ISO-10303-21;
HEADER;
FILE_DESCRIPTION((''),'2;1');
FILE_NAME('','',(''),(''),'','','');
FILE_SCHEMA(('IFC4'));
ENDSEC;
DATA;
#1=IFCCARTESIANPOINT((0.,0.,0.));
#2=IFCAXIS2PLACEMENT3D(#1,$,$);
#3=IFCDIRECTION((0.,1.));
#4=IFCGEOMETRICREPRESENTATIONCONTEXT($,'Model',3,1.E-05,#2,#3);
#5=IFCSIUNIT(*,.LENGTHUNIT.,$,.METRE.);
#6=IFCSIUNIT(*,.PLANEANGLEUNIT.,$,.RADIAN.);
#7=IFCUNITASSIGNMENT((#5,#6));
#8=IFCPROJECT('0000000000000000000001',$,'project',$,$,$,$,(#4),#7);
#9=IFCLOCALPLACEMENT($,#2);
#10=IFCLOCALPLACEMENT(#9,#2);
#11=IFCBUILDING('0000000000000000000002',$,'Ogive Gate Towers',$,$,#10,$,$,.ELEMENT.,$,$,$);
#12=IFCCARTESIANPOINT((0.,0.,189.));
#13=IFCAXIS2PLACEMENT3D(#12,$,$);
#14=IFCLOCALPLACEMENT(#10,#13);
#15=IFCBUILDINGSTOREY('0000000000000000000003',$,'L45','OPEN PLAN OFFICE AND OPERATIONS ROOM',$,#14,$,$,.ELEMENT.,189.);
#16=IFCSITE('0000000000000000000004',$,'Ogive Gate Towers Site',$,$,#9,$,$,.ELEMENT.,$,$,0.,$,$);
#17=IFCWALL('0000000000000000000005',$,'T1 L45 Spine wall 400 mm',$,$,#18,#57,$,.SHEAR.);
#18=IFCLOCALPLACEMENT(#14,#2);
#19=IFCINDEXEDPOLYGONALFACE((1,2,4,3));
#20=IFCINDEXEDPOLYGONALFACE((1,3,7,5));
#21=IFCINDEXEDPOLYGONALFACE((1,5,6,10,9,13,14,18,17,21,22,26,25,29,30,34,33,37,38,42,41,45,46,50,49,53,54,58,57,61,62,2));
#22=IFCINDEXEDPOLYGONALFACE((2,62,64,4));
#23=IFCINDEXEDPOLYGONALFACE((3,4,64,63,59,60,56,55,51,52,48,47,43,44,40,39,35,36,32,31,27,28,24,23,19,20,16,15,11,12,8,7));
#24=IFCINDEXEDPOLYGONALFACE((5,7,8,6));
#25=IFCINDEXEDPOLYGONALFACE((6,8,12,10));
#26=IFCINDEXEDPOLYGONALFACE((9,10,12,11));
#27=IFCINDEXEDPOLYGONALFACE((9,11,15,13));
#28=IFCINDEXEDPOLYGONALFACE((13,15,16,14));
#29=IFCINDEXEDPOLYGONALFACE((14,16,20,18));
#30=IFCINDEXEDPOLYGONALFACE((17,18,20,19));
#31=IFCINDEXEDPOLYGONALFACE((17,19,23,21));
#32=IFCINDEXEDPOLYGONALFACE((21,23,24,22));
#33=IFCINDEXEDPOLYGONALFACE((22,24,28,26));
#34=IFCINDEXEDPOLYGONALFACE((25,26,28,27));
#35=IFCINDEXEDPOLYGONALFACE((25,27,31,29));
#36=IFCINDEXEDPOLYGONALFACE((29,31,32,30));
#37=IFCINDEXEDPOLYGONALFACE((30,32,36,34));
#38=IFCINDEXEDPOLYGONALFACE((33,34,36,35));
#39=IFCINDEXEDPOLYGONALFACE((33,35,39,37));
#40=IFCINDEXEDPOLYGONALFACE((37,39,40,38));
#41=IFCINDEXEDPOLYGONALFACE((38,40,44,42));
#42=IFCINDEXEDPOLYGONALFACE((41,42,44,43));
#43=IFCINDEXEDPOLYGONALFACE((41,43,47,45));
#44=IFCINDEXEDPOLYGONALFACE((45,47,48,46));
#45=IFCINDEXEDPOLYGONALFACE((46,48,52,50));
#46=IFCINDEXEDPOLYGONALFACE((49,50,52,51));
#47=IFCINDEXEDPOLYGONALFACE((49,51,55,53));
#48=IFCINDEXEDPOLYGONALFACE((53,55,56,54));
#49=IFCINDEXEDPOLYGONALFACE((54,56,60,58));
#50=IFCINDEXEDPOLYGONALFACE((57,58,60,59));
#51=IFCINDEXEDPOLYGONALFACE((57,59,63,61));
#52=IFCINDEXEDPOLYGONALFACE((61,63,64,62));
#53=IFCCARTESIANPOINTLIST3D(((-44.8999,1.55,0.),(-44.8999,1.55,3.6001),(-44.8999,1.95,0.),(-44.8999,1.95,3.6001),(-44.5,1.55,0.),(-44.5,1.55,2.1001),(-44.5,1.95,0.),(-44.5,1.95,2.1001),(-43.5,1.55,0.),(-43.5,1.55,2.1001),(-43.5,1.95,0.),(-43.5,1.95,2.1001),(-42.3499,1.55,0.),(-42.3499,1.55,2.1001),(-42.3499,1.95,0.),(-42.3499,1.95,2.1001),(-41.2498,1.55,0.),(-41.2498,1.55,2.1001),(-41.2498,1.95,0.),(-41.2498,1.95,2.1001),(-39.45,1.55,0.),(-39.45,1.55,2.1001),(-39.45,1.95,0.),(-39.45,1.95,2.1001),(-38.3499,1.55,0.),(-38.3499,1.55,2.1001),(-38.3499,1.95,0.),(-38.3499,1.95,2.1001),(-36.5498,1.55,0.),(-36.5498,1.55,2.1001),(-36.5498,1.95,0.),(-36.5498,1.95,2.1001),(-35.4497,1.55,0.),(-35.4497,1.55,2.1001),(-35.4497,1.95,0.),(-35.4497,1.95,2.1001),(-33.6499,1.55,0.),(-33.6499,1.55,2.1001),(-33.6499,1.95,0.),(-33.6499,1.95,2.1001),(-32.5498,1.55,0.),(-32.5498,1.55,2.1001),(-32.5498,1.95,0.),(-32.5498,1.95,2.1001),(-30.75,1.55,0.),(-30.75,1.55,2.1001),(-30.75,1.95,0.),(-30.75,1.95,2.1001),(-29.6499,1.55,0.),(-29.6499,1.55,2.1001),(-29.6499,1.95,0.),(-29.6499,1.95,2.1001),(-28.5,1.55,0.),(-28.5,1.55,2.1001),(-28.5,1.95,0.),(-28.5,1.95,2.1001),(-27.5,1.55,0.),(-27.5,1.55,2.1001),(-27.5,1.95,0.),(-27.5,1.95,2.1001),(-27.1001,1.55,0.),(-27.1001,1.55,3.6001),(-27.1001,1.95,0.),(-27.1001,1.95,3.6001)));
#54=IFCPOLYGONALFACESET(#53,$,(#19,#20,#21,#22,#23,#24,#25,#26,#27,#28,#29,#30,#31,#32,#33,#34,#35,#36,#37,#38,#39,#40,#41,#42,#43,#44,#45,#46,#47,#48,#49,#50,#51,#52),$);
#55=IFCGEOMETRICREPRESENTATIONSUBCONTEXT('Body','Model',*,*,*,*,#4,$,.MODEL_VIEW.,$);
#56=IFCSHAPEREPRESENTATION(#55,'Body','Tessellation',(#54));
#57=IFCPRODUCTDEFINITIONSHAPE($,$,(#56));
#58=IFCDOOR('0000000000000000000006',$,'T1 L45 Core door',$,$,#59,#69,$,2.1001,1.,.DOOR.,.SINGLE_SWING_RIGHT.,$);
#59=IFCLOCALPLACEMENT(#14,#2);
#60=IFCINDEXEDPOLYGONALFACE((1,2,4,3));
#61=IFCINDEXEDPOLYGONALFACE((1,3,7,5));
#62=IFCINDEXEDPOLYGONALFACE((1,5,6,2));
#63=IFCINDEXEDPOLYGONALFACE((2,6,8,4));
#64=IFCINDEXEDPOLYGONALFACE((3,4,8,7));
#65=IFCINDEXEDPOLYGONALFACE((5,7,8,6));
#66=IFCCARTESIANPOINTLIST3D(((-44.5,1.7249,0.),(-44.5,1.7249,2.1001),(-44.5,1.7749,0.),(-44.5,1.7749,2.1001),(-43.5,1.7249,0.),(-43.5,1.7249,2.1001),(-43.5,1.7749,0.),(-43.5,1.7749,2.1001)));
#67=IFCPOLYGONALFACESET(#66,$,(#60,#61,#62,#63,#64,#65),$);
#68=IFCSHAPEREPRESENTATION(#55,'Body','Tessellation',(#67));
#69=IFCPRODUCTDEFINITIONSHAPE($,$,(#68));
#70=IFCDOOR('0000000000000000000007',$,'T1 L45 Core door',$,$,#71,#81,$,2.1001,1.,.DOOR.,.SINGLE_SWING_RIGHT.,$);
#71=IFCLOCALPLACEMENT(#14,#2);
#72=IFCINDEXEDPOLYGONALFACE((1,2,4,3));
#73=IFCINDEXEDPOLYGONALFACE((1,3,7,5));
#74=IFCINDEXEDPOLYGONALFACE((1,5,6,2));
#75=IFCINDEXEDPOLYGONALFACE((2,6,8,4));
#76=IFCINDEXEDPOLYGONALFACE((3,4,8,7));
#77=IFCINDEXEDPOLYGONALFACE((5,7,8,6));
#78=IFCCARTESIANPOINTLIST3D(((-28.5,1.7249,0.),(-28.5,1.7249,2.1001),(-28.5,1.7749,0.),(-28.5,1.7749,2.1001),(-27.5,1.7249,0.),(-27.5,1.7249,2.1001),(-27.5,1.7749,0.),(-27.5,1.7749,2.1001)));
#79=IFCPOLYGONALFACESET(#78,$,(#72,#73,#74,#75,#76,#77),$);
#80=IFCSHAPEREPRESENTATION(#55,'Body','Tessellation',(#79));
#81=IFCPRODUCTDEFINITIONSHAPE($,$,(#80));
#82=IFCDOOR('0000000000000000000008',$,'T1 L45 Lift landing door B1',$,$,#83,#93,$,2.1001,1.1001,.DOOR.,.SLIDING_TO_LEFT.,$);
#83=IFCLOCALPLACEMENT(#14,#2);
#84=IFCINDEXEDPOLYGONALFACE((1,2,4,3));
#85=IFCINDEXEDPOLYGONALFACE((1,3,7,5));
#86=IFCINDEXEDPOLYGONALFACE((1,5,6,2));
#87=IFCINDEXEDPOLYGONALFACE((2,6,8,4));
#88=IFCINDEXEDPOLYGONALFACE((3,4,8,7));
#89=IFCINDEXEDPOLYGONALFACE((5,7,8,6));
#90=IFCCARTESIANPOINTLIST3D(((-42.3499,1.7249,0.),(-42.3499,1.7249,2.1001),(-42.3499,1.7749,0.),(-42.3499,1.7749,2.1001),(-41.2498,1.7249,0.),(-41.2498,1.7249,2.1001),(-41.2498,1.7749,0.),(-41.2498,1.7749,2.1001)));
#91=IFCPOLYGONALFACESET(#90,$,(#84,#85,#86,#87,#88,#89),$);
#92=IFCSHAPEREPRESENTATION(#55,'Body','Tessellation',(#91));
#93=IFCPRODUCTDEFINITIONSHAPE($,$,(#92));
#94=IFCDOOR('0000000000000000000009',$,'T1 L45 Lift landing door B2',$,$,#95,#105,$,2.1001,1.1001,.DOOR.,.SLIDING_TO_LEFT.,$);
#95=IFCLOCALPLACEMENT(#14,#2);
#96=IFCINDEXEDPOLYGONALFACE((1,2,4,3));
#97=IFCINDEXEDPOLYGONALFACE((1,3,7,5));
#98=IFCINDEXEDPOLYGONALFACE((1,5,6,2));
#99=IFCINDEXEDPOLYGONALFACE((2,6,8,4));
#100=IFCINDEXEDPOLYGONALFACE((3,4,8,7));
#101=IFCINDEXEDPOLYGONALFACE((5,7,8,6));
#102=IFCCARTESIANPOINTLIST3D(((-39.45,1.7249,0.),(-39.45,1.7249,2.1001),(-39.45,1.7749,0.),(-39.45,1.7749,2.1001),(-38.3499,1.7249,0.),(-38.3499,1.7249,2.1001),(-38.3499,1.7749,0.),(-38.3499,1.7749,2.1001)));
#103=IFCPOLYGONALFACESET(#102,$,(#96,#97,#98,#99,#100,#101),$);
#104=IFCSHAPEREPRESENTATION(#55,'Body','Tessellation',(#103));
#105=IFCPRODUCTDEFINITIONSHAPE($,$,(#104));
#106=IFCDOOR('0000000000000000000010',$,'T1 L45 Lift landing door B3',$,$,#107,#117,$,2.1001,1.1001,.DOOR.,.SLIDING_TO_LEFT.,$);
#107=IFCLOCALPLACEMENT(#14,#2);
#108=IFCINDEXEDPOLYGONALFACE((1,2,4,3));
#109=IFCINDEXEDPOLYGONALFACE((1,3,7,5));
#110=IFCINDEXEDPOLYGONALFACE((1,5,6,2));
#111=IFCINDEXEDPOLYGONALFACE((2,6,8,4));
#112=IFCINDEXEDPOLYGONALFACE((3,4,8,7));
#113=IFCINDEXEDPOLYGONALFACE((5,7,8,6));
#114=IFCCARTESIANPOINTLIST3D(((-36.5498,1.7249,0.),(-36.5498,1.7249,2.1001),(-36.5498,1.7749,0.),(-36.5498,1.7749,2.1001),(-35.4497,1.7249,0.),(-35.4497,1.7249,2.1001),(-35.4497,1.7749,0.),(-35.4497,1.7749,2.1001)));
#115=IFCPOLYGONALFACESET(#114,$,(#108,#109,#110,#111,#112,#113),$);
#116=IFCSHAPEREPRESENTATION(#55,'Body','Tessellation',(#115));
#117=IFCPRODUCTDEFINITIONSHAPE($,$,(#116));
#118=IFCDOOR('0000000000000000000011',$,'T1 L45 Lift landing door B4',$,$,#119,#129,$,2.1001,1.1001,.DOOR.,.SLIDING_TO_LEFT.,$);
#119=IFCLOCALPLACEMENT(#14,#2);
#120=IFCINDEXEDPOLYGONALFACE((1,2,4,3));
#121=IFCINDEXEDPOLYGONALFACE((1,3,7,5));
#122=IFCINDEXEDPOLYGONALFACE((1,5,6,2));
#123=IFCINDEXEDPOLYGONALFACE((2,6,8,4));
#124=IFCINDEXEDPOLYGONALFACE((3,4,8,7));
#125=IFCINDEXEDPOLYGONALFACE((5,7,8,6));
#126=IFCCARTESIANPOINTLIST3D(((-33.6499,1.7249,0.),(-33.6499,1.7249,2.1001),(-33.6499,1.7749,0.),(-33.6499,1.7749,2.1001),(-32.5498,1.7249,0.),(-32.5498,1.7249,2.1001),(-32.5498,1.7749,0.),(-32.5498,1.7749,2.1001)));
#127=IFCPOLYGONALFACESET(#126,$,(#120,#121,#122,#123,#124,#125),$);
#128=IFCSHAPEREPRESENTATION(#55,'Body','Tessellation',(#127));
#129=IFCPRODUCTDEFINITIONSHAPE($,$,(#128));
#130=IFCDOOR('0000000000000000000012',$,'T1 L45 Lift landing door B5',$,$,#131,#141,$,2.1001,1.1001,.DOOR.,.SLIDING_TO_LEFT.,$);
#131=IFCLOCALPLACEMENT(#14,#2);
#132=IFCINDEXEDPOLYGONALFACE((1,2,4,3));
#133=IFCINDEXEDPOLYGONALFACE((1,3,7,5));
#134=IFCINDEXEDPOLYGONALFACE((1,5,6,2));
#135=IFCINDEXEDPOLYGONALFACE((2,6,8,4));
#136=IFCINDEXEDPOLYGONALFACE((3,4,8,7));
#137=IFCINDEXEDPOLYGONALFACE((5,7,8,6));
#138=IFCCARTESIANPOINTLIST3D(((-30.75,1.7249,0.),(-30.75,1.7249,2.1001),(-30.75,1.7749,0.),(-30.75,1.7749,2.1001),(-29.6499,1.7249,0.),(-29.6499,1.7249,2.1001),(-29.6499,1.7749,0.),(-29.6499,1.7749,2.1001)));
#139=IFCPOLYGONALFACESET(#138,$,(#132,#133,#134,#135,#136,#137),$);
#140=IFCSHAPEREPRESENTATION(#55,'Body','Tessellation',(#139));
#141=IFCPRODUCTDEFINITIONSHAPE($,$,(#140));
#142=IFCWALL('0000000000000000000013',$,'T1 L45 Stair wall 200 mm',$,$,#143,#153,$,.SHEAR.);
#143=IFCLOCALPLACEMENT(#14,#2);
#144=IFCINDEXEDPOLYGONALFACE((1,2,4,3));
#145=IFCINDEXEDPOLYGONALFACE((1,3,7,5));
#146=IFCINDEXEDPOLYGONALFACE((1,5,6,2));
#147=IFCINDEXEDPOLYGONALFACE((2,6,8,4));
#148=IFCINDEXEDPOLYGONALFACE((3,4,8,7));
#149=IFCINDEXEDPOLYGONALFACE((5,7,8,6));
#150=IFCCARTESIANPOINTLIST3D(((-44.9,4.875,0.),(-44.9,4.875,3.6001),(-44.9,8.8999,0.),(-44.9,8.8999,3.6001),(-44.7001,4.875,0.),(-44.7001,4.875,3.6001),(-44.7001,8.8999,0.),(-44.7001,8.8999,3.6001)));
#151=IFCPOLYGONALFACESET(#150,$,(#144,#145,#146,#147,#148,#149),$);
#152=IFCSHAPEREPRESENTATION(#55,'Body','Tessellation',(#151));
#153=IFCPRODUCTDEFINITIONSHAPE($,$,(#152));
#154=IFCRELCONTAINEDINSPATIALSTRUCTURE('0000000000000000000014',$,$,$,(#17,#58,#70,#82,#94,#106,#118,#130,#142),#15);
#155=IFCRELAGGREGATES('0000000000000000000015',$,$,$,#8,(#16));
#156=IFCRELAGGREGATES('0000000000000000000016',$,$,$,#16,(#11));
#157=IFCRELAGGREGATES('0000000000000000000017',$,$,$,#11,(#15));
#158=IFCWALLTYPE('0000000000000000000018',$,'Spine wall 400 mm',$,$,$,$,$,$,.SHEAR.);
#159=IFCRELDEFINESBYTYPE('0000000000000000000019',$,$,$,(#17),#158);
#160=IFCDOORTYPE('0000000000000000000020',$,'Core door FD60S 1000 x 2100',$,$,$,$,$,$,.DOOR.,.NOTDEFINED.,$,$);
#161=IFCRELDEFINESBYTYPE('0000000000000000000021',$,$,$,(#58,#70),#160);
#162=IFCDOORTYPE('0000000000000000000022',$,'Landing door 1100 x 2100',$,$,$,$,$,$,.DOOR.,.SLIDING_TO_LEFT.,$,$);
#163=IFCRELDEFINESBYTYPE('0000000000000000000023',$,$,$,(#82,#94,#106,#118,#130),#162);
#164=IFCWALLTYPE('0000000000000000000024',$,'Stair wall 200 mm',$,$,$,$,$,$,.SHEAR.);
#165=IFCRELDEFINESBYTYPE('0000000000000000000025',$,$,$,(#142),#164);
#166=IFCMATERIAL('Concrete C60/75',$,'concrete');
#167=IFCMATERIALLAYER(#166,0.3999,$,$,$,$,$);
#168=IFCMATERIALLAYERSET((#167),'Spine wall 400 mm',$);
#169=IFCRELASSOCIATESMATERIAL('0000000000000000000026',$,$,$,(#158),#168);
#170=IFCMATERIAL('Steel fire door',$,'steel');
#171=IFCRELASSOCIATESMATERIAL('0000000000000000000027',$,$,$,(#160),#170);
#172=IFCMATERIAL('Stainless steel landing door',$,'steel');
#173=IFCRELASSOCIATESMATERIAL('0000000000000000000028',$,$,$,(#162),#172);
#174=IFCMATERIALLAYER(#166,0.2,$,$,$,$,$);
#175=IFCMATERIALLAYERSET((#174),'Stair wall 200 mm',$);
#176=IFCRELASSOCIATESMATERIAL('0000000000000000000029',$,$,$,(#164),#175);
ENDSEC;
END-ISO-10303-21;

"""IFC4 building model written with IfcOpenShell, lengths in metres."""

from ifc_helpers import new_model, si_unit, direction, frame, frame_2d, origin, place, context, subcontext, project, spatial, rectangle, extrude, material, layer, layer_set, type_object, element, fill, save


model = new_model("IFC4")

# Units and contexts
model_context = context("Model", 3, precision=1e-05, world=origin(), true_north=direction((0.0, 1.0)))
body_context = subcontext(model_context, "Body", "Model", "MODEL_VIEW")
ifc_project = project(units=[si_unit("LENGTHUNIT", "METRE"), si_unit("PLANEANGLEUNIT", "RADIAN")], contexts=[model_context])

# Site, building, storey
site_placement = place(None, origin())
site = spatial("IfcSite", under=ifc_project, at=site_placement, Name="Ogive Gate Towers Site", CompositionType="ELEMENT", RefElevation=0.0)
building_placement = place(site_placement, origin())
building = spatial("IfcBuilding", under=site, at=building_placement, Name="Ogive Gate Towers", CompositionType="ELEMENT")
storey_placement = place(building_placement, frame((0.0, 0.0, 189.0)))
storey = spatial("IfcBuildingStorey", under=building, at=storey_placement, Name="L45", Description="OPEN PLAN OFFICE AND OPERATIONS ROOM", CompositionType="ELEMENT", Elevation=189.0)

# Shared definitions
ifc_material_1 = material(Name="Concrete C60/75", Category="concrete")

# Wall, openings, doors
ifc_layer_1 = layer(ifc_material_1, 0.3999)
ifc_layer_set_1 = layer_set([ifc_layer_1], Name="Spine wall 400 mm")
wall_type_1 = type_object("IfcWallType", Name="Spine wall 400 mm", PredefinedType="SHEAR", material=ifc_layer_set_1)
ifc_material_2 = material(Name="Steel fire door", Category="steel")
door_type_1 = type_object("IfcDoorType", Name="Core door FD60S 1000 x 2100", OperationType="NOTDEFINED", PredefinedType="DOOR", material=ifc_material_2)
ifc_material_3 = material(Name="Stainless steel landing door", Category="steel")
door_type_2 = type_object("IfcDoorType", Name="Landing door 1100 x 2100", OperationType="SLIDING_TO_LEFT", PredefinedType="DOOR", material=ifc_material_3)
wall_1_placement = place(storey_placement, frame((-44.8999, 1.75, 0.0), z_axis=(0.0, 0.0, 1.0), x_axis=(1.0, 0.0, 0.0)))
wall_1 = element("IfcWall", 1, at=wall_1_placement, inside=storey, type_object=wall_type_1, Name="T1 L45 Spine wall 400 mm", PredefinedType="SHEAR", context=body_context, shape_type="SweptSolid", body=[
    extrude(rectangle(XDim=17.7998, YDim=0.3999, at=frame_2d((8.8999, 0.0))), origin(), (0.0, 0.0, 1.0), 3.6001),
])
opening_1_placement = place(wall_1_placement, frame((0.3999, 0.0, 0.0)))
opening_1 = element("IfcOpeningElement", 2, at=opening_1_placement, cuts=wall_1, PredefinedType="OPENING", context=body_context, shape_type="SweptSolid", body=[
    extrude(rectangle(XDim=1.0, YDim=2.1001, at=frame_2d((0.5, 1.05))), frame((0.0, 0.21, 0.0), z_axis=(0.0, -1.0, 0.0), x_axis=(1.0, 0.0, 0.0)), (0.0, 0.0, 1.0), 0.4199),
])
opening_2_placement = place(wall_1_placement, frame((2.55, 0.0, 0.0)))
opening_2 = element("IfcOpeningElement", 3, at=opening_2_placement, cuts=wall_1, PredefinedType="OPENING", context=body_context, shape_type="SweptSolid", body=[
    extrude(rectangle(XDim=1.1001, YDim=2.1001, at=frame_2d((0.55, 1.05))), frame((0.0, 0.21, 0.0), z_axis=(0.0, -1.0, 0.0), x_axis=(1.0, 0.0, 0.0)), (0.0, 0.0, 1.0), 0.4199),
])
opening_3_placement = place(wall_1_placement, frame((5.45, 0.0, 0.0)))
opening_3 = element("IfcOpeningElement", 4, at=opening_3_placement, cuts=wall_1, PredefinedType="OPENING", context=body_context, shape_type="SweptSolid", body=[
    extrude(rectangle(XDim=1.1001, YDim=2.1001, at=frame_2d((0.55, 1.05))), frame((0.0, 0.21, 0.0), z_axis=(0.0, -1.0, 0.0), x_axis=(1.0, 0.0, 0.0)), (0.0, 0.0, 1.0), 0.4199),
])
opening_4_placement = place(wall_1_placement, frame((8.3501, 0.0, 0.0)))
opening_4 = element("IfcOpeningElement", 5, at=opening_4_placement, cuts=wall_1, PredefinedType="OPENING", context=body_context, shape_type="SweptSolid", body=[
    extrude(rectangle(XDim=1.1001, YDim=2.1001, at=frame_2d((0.55, 1.05))), frame((0.0, 0.21, 0.0), z_axis=(0.0, -1.0, 0.0), x_axis=(1.0, 0.0, 0.0)), (0.0, 0.0, 1.0), 0.4199),
])
opening_5_placement = place(wall_1_placement, frame((11.25, 0.0, 0.0)))
opening_5 = element("IfcOpeningElement", 6, at=opening_5_placement, cuts=wall_1, PredefinedType="OPENING", context=body_context, shape_type="SweptSolid", body=[
    extrude(rectangle(XDim=1.1001, YDim=2.1001, at=frame_2d((0.55, 1.05))), frame((0.0, 0.21, 0.0), z_axis=(0.0, -1.0, 0.0), x_axis=(1.0, 0.0, 0.0)), (0.0, 0.0, 1.0), 0.4199),
])
opening_6_placement = place(wall_1_placement, frame((14.1499, 0.0, 0.0)))
opening_6 = element("IfcOpeningElement", 7, at=opening_6_placement, cuts=wall_1, PredefinedType="OPENING", context=body_context, shape_type="SweptSolid", body=[
    extrude(rectangle(XDim=1.1001, YDim=2.1001, at=frame_2d((0.55, 1.05))), frame((0.0, 0.21, 0.0), z_axis=(0.0, -1.0, 0.0), x_axis=(1.0, 0.0, 0.0)), (0.0, 0.0, 1.0), 0.4199),
])
opening_7_placement = place(wall_1_placement, frame((16.3999, 0.0, 0.0)))
opening_7 = element("IfcOpeningElement", 8, at=opening_7_placement, cuts=wall_1, PredefinedType="OPENING", context=body_context, shape_type="SweptSolid", body=[
    extrude(rectangle(XDim=1.0, YDim=2.1001, at=frame_2d((0.5, 1.05))), frame((0.0, 0.21, 0.0), z_axis=(0.0, -1.0, 0.0), x_axis=(1.0, 0.0, 0.0)), (0.0, 0.0, 1.0), 0.4199),
])
door_1_placement = place(opening_1_placement, origin())
door_1 = element("IfcDoor", 9, at=door_1_placement, inside=storey, type_object=door_type_1, Name="T1 L45 Core door", OperationType="SINGLE_SWING_RIGHT", OverallHeight=2.1001, OverallWidth=1.0, PredefinedType="DOOR", context=body_context, shape_type="SweptSolid", body=[
    extrude(rectangle(XDim=1.0, YDim=2.1001, at=frame_2d((0.5, 1.05))), frame((0.0, 0.0249, 0.0), z_axis=(0.0, -1.0, 0.0), x_axis=(1.0, 0.0, 0.0)), (0.0, 0.0, 1.0), 0.05),
])
fill(opening_1, door_1)
door_2_placement = place(opening_7_placement, origin())
door_2 = element("IfcDoor", 10, at=door_2_placement, inside=storey, type_object=door_type_1, Name="T1 L45 Core door", OperationType="SINGLE_SWING_RIGHT", OverallHeight=2.1001, OverallWidth=1.0, PredefinedType="DOOR", context=body_context, shape_type="SweptSolid", body=[
    extrude(rectangle(XDim=1.0, YDim=2.1001, at=frame_2d((0.5, 1.05))), frame((0.0, 0.0249, 0.0), z_axis=(0.0, -1.0, 0.0), x_axis=(1.0, 0.0, 0.0)), (0.0, 0.0, 1.0), 0.05),
])
fill(opening_7, door_2)
door_3_placement = place(opening_2_placement, origin())
door_3 = element("IfcDoor", 11, at=door_3_placement, inside=storey, type_object=door_type_2, Name="T1 L45 Lift landing door B1", OperationType="SLIDING_TO_LEFT", OverallHeight=2.1001, OverallWidth=1.1001, PredefinedType="DOOR", context=body_context, shape_type="SweptSolid", body=[
    extrude(rectangle(XDim=1.1001, YDim=2.1001, at=frame_2d((0.55, 1.05))), frame((0.0, 0.0249, 0.0), z_axis=(0.0, -1.0, 0.0), x_axis=(1.0, 0.0, 0.0)), (0.0, 0.0, 1.0), 0.05),
])
fill(opening_2, door_3)
door_4_placement = place(opening_3_placement, origin())
door_4 = element("IfcDoor", 12, at=door_4_placement, inside=storey, type_object=door_type_2, Name="T1 L45 Lift landing door B2", OperationType="SLIDING_TO_LEFT", OverallHeight=2.1001, OverallWidth=1.1001, PredefinedType="DOOR", context=body_context, shape_type="SweptSolid", body=[
    extrude(rectangle(XDim=1.1001, YDim=2.1001, at=frame_2d((0.55, 1.05))), frame((0.0, 0.0249, 0.0), z_axis=(0.0, -1.0, 0.0), x_axis=(1.0, 0.0, 0.0)), (0.0, 0.0, 1.0), 0.05),
])
fill(opening_3, door_4)
door_5_placement = place(opening_4_placement, origin())
door_5 = element("IfcDoor", 13, at=door_5_placement, inside=storey, type_object=door_type_2, Name="T1 L45 Lift landing door B3", OperationType="SLIDING_TO_LEFT", OverallHeight=2.1001, OverallWidth=1.1001, PredefinedType="DOOR", context=body_context, shape_type="SweptSolid", body=[
    extrude(rectangle(XDim=1.1001, YDim=2.1001, at=frame_2d((0.55, 1.05))), frame((0.0, 0.0249, 0.0), z_axis=(0.0, -1.0, 0.0), x_axis=(1.0, 0.0, 0.0)), (0.0, 0.0, 1.0), 0.05),
])
fill(opening_4, door_5)
door_6_placement = place(opening_5_placement, origin())
door_6 = element("IfcDoor", 14, at=door_6_placement, inside=storey, type_object=door_type_2, Name="T1 L45 Lift landing door B4", OperationType="SLIDING_TO_LEFT", OverallHeight=2.1001, OverallWidth=1.1001, PredefinedType="DOOR", context=body_context, shape_type="SweptSolid", body=[
    extrude(rectangle(XDim=1.1001, YDim=2.1001, at=frame_2d((0.55, 1.05))), frame((0.0, 0.0249, 0.0), z_axis=(0.0, -1.0, 0.0), x_axis=(1.0, 0.0, 0.0)), (0.0, 0.0, 1.0), 0.05),
])
fill(opening_5, door_6)
door_7_placement = place(opening_6_placement, origin())
door_7 = element("IfcDoor", 15, at=door_7_placement, inside=storey, type_object=door_type_2, Name="T1 L45 Lift landing door B5", OperationType="SLIDING_TO_LEFT", OverallHeight=2.1001, OverallWidth=1.1001, PredefinedType="DOOR", context=body_context, shape_type="SweptSolid", body=[
    extrude(rectangle(XDim=1.1001, YDim=2.1001, at=frame_2d((0.55, 1.05))), frame((0.0, 0.0249, 0.0), z_axis=(0.0, -1.0, 0.0), x_axis=(1.0, 0.0, 0.0)), (0.0, 0.0, 1.0), 0.05),
])
fill(opening_6, door_7)

# Wall
ifc_layer_2 = layer(ifc_material_1, 0.2)
ifc_layer_set_2 = layer_set([ifc_layer_2], Name="Stair wall 200 mm")
wall_type_2 = type_object("IfcWallType", Name="Stair wall 200 mm", PredefinedType="SHEAR", material=ifc_layer_set_2)
wall_2_placement = place(storey_placement, frame((-44.8, 4.875, 0.0), z_axis=(0.0, 0.0, 1.0), x_axis=(0.0, 1.0, 0.0)))
element("IfcWall", 16, at=wall_2_placement, inside=storey, type_object=wall_type_2, Name="T1 L45 Stair wall 200 mm", PredefinedType="SHEAR", context=body_context, shape_type="SweptSolid", body=[
    extrude(rectangle(XDim=4.0249, YDim=0.2, at=frame_2d((2.0125, 0.0))), origin(), (0.0, 0.0, 1.0), 3.6001),
])

save(model, "model.ifc")
